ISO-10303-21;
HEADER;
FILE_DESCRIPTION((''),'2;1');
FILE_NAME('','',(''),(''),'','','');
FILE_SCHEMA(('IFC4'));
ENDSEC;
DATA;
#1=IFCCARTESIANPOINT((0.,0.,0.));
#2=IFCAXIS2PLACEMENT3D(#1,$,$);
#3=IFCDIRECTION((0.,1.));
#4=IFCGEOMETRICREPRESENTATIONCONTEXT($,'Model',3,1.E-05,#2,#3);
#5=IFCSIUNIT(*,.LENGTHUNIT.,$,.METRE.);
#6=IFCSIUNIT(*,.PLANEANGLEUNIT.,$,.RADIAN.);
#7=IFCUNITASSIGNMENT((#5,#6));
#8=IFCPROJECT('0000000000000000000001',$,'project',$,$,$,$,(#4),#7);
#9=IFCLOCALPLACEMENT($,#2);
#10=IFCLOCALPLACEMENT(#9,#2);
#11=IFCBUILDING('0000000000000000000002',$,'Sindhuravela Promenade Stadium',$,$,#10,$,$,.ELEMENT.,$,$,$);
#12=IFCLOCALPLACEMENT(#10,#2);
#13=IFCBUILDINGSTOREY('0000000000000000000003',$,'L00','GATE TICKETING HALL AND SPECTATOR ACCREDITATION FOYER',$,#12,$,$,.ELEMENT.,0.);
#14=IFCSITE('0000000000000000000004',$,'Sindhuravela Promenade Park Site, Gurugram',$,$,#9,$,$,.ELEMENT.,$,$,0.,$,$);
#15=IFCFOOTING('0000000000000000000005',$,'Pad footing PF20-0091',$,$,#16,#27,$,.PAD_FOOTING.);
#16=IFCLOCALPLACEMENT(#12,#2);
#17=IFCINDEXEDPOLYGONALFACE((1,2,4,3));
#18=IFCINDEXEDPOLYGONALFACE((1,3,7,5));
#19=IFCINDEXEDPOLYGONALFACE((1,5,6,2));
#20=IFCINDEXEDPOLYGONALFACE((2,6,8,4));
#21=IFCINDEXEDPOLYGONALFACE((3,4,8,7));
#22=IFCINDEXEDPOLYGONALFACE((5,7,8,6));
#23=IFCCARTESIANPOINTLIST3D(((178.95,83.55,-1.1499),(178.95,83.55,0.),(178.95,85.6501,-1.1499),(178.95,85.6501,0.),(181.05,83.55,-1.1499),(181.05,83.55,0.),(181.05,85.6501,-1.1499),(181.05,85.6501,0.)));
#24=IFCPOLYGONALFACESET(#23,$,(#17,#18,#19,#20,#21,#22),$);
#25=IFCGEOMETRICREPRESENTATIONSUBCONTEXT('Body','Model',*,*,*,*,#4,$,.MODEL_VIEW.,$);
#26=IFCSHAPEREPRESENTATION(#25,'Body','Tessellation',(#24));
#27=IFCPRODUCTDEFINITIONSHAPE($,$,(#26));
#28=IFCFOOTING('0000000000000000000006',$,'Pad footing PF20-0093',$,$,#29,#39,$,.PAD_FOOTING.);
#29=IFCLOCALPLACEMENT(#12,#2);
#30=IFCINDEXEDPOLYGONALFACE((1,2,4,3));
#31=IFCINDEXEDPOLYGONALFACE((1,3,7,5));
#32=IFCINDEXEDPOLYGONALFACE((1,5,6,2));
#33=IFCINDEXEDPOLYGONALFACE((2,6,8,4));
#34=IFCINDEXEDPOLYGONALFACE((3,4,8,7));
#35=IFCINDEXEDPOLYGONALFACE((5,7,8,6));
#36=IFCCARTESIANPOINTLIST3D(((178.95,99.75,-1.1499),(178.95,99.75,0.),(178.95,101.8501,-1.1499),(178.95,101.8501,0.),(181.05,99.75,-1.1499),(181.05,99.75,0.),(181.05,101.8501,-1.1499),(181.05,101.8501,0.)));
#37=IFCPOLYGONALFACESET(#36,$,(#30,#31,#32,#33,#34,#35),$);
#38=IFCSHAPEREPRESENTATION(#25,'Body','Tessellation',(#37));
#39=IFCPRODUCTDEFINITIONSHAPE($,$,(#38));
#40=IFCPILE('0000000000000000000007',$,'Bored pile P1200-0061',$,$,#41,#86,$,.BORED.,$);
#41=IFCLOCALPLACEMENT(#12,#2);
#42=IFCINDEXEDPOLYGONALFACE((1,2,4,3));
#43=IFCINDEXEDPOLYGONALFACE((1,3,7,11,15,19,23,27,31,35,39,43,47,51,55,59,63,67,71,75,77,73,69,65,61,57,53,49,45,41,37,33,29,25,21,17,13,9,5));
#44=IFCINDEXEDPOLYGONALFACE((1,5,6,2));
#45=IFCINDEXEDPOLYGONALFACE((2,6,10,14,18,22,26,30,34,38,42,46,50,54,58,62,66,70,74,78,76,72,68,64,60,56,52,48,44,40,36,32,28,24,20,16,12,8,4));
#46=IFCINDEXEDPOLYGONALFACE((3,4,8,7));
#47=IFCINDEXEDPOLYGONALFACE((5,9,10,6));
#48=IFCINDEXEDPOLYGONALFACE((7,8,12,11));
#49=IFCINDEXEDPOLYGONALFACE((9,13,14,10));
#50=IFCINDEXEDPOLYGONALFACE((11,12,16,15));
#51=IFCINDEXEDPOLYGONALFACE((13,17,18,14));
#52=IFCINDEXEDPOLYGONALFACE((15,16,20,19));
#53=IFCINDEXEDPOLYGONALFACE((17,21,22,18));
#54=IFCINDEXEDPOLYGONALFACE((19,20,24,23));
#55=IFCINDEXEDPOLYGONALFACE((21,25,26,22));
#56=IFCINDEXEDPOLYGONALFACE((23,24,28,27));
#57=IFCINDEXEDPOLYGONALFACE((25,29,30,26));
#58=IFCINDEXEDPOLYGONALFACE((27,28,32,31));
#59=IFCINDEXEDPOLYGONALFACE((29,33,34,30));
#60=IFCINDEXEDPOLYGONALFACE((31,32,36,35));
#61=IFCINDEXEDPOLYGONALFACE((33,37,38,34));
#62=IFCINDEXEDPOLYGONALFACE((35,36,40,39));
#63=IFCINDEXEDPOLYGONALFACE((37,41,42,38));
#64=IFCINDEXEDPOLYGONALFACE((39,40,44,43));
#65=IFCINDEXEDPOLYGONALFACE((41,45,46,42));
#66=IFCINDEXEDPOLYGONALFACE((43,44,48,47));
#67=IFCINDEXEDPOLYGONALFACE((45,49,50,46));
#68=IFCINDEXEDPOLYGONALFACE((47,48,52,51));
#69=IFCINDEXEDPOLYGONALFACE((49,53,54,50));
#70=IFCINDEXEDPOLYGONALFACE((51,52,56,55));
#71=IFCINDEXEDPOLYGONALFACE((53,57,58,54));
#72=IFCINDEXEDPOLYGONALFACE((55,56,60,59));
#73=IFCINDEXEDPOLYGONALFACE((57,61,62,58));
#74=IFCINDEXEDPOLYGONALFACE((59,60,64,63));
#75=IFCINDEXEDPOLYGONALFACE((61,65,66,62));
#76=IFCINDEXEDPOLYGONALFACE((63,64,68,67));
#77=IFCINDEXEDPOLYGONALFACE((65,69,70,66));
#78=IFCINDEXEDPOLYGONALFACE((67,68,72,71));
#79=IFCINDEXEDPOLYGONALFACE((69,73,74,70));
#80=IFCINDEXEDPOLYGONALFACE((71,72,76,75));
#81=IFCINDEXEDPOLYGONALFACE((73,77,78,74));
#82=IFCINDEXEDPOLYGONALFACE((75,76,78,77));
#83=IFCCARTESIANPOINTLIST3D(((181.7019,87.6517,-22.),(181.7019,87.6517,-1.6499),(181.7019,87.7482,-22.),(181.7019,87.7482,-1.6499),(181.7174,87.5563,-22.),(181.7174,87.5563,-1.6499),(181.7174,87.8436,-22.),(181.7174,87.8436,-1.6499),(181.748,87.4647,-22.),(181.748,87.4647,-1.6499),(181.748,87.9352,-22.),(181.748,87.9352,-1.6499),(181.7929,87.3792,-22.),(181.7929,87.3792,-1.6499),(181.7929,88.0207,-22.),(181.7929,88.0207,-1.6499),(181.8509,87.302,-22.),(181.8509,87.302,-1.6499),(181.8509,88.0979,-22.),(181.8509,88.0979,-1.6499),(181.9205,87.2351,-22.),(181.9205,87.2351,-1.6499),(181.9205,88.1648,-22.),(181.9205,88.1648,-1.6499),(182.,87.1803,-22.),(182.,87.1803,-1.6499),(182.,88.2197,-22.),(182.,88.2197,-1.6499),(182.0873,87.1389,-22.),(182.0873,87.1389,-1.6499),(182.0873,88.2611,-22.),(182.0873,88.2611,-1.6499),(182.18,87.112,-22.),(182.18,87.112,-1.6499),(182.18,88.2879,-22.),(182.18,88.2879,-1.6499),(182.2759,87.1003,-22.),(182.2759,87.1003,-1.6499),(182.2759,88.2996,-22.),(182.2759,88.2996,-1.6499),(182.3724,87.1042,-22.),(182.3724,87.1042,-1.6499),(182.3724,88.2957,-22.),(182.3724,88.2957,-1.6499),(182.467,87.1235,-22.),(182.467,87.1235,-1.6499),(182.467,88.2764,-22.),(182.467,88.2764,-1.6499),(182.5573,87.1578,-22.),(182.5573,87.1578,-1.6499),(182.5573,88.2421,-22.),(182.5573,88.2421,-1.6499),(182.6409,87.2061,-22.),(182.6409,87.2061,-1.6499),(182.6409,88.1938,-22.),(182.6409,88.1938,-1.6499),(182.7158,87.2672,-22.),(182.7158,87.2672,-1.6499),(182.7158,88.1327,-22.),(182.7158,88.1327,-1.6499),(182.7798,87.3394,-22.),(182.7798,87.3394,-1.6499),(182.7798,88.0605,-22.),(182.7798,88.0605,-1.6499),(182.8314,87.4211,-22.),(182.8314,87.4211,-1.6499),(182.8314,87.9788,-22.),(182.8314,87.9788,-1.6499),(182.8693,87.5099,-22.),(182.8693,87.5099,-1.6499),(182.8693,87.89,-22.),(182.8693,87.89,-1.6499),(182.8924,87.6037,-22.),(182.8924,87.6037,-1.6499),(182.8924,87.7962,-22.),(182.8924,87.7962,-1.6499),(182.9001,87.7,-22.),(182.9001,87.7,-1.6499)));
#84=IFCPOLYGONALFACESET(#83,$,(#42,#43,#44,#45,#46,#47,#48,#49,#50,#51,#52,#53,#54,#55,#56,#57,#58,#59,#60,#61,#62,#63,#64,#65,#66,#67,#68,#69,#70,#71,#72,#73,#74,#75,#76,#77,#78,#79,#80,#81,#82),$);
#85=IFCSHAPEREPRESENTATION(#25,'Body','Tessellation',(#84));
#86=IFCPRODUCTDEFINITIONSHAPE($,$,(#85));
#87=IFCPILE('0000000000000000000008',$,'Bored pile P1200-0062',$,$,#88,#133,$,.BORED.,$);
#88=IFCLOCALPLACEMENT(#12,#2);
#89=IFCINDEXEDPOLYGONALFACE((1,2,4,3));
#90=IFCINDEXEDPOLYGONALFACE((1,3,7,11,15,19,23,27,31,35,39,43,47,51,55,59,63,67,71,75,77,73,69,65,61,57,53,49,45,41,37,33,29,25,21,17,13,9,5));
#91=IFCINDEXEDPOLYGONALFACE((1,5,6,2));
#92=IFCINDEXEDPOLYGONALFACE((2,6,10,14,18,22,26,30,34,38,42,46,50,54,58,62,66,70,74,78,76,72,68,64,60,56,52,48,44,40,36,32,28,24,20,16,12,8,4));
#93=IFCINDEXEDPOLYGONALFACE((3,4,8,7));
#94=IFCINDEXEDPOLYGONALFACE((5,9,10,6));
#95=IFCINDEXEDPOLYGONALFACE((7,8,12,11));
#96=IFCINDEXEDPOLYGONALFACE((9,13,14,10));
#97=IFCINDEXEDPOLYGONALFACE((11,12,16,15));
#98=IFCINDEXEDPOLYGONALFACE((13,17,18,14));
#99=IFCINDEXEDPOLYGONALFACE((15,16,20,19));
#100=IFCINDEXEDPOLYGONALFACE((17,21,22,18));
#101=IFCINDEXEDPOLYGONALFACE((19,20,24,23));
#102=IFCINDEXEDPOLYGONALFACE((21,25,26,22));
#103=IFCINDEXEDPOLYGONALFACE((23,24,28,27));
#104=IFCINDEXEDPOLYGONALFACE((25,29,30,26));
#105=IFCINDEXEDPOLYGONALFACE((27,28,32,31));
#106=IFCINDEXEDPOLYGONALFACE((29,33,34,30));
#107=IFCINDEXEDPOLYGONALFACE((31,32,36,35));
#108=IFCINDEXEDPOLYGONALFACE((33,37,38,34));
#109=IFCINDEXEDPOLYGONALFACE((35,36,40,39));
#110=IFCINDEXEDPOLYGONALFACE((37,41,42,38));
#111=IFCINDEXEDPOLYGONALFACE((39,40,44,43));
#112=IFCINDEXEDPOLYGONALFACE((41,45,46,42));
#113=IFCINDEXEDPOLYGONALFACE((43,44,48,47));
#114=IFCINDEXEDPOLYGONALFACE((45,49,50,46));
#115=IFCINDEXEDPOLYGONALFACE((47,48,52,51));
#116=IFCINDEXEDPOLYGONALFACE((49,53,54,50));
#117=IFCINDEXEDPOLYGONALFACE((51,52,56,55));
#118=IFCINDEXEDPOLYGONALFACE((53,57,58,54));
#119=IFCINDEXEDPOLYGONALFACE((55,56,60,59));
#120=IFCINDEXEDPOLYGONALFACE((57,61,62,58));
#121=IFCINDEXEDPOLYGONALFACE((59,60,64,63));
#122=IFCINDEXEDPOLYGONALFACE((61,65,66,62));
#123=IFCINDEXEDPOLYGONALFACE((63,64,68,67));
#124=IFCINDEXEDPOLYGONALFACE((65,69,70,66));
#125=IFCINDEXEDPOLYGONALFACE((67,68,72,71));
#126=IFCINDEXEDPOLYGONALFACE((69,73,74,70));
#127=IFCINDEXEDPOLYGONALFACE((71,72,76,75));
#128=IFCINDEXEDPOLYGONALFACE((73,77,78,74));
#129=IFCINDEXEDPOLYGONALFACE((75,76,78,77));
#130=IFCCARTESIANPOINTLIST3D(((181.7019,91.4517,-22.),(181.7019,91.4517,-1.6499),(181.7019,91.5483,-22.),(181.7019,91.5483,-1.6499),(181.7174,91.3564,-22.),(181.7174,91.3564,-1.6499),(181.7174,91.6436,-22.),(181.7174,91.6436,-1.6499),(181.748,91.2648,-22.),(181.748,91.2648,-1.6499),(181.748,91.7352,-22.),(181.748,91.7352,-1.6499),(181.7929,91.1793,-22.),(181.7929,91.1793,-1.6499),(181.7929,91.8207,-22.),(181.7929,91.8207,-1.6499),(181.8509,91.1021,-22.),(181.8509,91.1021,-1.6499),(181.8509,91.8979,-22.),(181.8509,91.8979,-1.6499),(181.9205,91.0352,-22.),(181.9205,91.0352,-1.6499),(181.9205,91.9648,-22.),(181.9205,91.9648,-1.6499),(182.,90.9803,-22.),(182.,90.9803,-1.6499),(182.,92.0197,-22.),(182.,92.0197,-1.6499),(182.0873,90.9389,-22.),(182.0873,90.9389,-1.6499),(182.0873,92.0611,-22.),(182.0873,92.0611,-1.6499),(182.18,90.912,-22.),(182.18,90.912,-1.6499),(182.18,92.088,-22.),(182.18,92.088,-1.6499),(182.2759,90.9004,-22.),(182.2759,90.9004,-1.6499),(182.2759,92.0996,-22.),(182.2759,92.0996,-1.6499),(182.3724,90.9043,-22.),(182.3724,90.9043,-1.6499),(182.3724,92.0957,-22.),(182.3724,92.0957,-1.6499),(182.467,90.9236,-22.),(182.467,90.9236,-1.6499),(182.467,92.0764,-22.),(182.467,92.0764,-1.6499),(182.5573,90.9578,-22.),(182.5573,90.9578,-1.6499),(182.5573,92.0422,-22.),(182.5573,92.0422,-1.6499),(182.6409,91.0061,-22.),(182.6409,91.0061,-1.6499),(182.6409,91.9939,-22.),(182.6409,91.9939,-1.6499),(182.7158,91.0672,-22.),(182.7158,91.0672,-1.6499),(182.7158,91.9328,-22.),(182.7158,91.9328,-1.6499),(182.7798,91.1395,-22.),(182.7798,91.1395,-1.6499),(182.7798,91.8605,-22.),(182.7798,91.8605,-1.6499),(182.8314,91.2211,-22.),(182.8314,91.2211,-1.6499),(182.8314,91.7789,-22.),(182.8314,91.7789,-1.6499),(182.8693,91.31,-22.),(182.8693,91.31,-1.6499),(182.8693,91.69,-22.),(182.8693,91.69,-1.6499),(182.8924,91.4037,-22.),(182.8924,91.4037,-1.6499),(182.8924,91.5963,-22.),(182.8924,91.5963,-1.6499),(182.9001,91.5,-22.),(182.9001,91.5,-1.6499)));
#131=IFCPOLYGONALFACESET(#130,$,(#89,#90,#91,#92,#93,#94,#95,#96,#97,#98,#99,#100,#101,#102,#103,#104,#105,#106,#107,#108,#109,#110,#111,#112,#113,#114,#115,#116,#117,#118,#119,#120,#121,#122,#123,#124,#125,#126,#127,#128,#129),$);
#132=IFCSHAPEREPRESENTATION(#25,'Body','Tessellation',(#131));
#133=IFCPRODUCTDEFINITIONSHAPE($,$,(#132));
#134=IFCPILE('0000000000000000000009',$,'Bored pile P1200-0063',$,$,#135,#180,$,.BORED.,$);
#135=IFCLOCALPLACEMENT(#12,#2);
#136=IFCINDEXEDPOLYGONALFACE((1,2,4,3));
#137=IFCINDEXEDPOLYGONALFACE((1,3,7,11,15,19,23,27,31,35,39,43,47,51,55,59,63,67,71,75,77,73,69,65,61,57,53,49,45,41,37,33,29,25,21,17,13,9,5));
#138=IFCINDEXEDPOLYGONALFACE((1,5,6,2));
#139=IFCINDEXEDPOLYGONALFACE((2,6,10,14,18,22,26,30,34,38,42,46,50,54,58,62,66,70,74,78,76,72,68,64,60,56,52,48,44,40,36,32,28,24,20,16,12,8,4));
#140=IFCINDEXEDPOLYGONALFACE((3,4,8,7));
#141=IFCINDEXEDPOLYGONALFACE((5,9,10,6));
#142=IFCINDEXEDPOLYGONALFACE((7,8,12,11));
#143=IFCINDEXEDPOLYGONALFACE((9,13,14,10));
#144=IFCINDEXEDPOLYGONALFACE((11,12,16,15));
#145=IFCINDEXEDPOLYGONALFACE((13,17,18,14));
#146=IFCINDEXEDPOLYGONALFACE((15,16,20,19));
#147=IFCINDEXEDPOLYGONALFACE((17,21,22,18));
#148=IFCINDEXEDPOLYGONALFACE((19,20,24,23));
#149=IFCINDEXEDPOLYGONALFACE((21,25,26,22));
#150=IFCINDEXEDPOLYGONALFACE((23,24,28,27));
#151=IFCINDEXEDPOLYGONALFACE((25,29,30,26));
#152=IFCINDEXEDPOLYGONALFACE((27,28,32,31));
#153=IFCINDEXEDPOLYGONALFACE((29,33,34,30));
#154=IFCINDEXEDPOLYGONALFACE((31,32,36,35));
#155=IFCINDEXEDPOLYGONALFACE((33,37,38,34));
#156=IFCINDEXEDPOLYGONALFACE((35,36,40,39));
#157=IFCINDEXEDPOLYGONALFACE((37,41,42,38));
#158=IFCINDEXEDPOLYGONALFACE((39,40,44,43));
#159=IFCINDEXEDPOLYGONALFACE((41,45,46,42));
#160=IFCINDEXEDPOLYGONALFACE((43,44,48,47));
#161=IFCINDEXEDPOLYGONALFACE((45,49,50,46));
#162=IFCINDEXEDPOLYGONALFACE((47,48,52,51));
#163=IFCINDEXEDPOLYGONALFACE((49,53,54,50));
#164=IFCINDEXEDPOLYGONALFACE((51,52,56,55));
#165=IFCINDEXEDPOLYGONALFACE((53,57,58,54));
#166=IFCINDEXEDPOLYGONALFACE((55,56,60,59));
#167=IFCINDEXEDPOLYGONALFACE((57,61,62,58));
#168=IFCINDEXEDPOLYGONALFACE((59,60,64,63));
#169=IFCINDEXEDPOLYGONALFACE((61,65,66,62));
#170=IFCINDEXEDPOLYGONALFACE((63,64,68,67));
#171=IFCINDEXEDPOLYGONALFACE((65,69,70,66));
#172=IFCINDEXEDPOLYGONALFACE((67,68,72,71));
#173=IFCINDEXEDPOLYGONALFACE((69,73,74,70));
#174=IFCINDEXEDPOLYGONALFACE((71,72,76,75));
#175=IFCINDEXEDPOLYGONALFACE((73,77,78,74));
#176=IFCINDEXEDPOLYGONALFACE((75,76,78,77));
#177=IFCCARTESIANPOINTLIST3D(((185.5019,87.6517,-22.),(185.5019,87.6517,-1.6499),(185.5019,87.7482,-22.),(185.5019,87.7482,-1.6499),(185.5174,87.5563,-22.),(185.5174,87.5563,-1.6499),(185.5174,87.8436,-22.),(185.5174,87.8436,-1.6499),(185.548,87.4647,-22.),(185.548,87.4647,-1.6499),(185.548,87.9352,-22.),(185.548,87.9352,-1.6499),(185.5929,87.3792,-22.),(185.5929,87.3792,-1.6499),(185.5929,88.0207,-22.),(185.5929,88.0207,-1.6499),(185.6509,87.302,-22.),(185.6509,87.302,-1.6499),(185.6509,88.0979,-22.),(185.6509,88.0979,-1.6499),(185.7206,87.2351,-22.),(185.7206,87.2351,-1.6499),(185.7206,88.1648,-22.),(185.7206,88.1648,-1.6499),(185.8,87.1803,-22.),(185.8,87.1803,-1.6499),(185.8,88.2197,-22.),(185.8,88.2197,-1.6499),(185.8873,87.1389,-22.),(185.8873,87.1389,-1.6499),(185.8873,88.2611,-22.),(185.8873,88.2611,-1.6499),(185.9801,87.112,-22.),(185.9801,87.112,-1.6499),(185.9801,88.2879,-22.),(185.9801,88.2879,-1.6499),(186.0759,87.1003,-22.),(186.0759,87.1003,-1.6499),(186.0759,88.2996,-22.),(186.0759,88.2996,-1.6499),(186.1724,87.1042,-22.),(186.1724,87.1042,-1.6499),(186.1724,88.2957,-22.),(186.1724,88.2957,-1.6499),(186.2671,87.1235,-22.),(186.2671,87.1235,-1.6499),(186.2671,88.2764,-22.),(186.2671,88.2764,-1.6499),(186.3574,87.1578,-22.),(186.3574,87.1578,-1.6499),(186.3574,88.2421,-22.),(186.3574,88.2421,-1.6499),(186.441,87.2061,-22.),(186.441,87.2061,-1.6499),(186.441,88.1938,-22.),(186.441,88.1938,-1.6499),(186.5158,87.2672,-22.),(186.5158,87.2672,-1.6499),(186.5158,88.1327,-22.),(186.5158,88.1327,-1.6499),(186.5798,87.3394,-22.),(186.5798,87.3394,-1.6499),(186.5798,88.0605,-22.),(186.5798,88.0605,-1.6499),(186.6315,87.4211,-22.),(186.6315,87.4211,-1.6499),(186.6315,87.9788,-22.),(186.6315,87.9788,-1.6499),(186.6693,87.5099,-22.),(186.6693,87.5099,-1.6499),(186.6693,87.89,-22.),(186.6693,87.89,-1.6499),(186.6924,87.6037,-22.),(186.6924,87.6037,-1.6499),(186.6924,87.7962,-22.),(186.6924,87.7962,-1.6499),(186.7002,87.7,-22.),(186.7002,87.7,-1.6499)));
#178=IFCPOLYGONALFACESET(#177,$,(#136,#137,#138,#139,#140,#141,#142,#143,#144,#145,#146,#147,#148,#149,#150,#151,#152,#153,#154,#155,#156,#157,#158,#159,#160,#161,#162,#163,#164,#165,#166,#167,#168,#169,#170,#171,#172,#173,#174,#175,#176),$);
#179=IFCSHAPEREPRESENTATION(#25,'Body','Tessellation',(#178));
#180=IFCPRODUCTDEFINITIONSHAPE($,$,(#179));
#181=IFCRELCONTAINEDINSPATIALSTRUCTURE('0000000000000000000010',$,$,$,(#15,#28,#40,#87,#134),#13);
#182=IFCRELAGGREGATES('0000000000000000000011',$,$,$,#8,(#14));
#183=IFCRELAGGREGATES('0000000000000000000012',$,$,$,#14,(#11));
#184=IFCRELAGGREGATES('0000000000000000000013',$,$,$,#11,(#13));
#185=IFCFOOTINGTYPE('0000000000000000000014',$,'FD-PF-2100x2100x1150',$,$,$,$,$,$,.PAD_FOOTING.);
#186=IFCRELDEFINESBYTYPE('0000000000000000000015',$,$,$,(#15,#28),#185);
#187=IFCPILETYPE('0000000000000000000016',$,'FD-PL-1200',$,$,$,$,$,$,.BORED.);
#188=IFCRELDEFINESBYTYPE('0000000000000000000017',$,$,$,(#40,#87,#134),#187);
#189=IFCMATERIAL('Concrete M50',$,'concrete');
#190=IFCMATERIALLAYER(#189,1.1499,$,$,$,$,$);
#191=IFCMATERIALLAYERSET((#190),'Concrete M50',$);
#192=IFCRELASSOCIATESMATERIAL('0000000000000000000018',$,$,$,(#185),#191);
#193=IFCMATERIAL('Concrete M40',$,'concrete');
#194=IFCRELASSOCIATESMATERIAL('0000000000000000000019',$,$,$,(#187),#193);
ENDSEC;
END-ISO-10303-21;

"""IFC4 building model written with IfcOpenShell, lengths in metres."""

from ifc_helpers import new_model, si_unit, direction, frame, origin, origin_2d, place, context, subcontext, project, spatial, rectangle, circle, extrude, material, layer, layer_set, material_profile, profile_set, type_object, element, save


model = new_model("IFC4")

# Units and contexts
model_context = context("Model", 3, precision=1e-05, world=origin(), true_north=direction((0.0, 1.0)))
body_context = subcontext(model_context, "Body", "Model", "MODEL_VIEW")
ifc_project = project(units=[si_unit("LENGTHUNIT", "METRE"), si_unit("PLANEANGLEUNIT", "RADIAN")], contexts=[model_context])

# Site, building, storey
site_placement = place(None, origin())
site = spatial("IfcSite", under=ifc_project, at=site_placement, Name="Sindhuravela Promenade Park Site, Gurugram", CompositionType="ELEMENT", RefElevation=0.0)
building_placement = place(site_placement, origin())
building = spatial("IfcBuilding", under=site, at=building_placement, Name="Sindhuravela Promenade Stadium", CompositionType="ELEMENT")
storey_placement = place(building_placement, origin())
storey = spatial("IfcBuildingStorey", under=building, at=storey_placement, Name="L00", Description="GATE TICKETING HALL AND SPECTATOR ACCREDITATION FOYER", CompositionType="ELEMENT", Elevation=0.0)

# Footings
ifc_material_1 = material(Name="Concrete M50", Category="concrete")
ifc_layer_1 = layer(ifc_material_1, 1.1499)
ifc_layer_set_1 = layer_set([ifc_layer_1], Name="Concrete M50")
footing_type = type_object("IfcFootingType", Name="FD-PF-2100x2100x1150", PredefinedType="PAD_FOOTING", material=ifc_layer_set_1)
for number, where, z_axis, x_axis, name in (
    (1, (180.0, 84.6001, -1.1499), (0.0, 0.0, 1.0), (1.0, 0.0, 0.0), "Pad footing PF20-0091"),
    (2, (180.0, 100.8, -1.1499), (0.0, 0.0, 1.0), (1.0, 0.0, 0.0), "Pad footing PF20-0093"),
):
    element("IfcFooting", number, at=place(storey_placement, frame(where, z_axis=z_axis, x_axis=x_axis)), inside=storey, type_object=footing_type, Name=name, PredefinedType="PAD_FOOTING", context=body_context, shape_type="SweptSolid", body=[
        extrude(rectangle(XDim=2.1001, YDim=2.1001, at=origin_2d()), origin(), (0.0, 0.0, 1.0), 1.1499),
    ])

# Piles
ifc_material_2 = material(Name="Concrete M40", Category="concrete")
ifc_material_profile_1 = material_profile(ifc_material_2, circle(Radius=0.6001, at=origin_2d()), Name="BORED PILE D1200")
ifc_profile_set_1 = profile_set([ifc_material_profile_1], Name="Concrete M40")
pile_type = type_object("IfcPileType", Name="FD-PL-1200", PredefinedType="BORED", material=ifc_profile_set_1)
for number, where, z_axis, x_axis, name in (
    (3, (182.3, 87.7, -1.6499), (0.0, 0.0, -1.0), (1.0, 0.0, 0.0), "Bored pile P1200-0061"),
    (4, (182.3, 91.5, -1.6499), (0.0, 0.0, -1.0), (1.0, 0.0, 0.0), "Bored pile P1200-0062"),
    (5, (186.1001, 87.7, -1.6499), (0.0, 0.0, -1.0), (1.0, 0.0, 0.0), "Bored pile P1200-0063"),
):
    element("IfcPile", number, at=place(storey_placement, frame(where, z_axis=z_axis, x_axis=x_axis)), inside=storey, type_object=pile_type, Name=name, PredefinedType="BORED", context=body_context, shape_type="SweptSolid", body=[
        extrude(circle(Radius=0.6001, at=origin_2d()), origin(), (0.0, 0.0, 1.0), 20.3501),
    ])

save(model, "model.ifc")
